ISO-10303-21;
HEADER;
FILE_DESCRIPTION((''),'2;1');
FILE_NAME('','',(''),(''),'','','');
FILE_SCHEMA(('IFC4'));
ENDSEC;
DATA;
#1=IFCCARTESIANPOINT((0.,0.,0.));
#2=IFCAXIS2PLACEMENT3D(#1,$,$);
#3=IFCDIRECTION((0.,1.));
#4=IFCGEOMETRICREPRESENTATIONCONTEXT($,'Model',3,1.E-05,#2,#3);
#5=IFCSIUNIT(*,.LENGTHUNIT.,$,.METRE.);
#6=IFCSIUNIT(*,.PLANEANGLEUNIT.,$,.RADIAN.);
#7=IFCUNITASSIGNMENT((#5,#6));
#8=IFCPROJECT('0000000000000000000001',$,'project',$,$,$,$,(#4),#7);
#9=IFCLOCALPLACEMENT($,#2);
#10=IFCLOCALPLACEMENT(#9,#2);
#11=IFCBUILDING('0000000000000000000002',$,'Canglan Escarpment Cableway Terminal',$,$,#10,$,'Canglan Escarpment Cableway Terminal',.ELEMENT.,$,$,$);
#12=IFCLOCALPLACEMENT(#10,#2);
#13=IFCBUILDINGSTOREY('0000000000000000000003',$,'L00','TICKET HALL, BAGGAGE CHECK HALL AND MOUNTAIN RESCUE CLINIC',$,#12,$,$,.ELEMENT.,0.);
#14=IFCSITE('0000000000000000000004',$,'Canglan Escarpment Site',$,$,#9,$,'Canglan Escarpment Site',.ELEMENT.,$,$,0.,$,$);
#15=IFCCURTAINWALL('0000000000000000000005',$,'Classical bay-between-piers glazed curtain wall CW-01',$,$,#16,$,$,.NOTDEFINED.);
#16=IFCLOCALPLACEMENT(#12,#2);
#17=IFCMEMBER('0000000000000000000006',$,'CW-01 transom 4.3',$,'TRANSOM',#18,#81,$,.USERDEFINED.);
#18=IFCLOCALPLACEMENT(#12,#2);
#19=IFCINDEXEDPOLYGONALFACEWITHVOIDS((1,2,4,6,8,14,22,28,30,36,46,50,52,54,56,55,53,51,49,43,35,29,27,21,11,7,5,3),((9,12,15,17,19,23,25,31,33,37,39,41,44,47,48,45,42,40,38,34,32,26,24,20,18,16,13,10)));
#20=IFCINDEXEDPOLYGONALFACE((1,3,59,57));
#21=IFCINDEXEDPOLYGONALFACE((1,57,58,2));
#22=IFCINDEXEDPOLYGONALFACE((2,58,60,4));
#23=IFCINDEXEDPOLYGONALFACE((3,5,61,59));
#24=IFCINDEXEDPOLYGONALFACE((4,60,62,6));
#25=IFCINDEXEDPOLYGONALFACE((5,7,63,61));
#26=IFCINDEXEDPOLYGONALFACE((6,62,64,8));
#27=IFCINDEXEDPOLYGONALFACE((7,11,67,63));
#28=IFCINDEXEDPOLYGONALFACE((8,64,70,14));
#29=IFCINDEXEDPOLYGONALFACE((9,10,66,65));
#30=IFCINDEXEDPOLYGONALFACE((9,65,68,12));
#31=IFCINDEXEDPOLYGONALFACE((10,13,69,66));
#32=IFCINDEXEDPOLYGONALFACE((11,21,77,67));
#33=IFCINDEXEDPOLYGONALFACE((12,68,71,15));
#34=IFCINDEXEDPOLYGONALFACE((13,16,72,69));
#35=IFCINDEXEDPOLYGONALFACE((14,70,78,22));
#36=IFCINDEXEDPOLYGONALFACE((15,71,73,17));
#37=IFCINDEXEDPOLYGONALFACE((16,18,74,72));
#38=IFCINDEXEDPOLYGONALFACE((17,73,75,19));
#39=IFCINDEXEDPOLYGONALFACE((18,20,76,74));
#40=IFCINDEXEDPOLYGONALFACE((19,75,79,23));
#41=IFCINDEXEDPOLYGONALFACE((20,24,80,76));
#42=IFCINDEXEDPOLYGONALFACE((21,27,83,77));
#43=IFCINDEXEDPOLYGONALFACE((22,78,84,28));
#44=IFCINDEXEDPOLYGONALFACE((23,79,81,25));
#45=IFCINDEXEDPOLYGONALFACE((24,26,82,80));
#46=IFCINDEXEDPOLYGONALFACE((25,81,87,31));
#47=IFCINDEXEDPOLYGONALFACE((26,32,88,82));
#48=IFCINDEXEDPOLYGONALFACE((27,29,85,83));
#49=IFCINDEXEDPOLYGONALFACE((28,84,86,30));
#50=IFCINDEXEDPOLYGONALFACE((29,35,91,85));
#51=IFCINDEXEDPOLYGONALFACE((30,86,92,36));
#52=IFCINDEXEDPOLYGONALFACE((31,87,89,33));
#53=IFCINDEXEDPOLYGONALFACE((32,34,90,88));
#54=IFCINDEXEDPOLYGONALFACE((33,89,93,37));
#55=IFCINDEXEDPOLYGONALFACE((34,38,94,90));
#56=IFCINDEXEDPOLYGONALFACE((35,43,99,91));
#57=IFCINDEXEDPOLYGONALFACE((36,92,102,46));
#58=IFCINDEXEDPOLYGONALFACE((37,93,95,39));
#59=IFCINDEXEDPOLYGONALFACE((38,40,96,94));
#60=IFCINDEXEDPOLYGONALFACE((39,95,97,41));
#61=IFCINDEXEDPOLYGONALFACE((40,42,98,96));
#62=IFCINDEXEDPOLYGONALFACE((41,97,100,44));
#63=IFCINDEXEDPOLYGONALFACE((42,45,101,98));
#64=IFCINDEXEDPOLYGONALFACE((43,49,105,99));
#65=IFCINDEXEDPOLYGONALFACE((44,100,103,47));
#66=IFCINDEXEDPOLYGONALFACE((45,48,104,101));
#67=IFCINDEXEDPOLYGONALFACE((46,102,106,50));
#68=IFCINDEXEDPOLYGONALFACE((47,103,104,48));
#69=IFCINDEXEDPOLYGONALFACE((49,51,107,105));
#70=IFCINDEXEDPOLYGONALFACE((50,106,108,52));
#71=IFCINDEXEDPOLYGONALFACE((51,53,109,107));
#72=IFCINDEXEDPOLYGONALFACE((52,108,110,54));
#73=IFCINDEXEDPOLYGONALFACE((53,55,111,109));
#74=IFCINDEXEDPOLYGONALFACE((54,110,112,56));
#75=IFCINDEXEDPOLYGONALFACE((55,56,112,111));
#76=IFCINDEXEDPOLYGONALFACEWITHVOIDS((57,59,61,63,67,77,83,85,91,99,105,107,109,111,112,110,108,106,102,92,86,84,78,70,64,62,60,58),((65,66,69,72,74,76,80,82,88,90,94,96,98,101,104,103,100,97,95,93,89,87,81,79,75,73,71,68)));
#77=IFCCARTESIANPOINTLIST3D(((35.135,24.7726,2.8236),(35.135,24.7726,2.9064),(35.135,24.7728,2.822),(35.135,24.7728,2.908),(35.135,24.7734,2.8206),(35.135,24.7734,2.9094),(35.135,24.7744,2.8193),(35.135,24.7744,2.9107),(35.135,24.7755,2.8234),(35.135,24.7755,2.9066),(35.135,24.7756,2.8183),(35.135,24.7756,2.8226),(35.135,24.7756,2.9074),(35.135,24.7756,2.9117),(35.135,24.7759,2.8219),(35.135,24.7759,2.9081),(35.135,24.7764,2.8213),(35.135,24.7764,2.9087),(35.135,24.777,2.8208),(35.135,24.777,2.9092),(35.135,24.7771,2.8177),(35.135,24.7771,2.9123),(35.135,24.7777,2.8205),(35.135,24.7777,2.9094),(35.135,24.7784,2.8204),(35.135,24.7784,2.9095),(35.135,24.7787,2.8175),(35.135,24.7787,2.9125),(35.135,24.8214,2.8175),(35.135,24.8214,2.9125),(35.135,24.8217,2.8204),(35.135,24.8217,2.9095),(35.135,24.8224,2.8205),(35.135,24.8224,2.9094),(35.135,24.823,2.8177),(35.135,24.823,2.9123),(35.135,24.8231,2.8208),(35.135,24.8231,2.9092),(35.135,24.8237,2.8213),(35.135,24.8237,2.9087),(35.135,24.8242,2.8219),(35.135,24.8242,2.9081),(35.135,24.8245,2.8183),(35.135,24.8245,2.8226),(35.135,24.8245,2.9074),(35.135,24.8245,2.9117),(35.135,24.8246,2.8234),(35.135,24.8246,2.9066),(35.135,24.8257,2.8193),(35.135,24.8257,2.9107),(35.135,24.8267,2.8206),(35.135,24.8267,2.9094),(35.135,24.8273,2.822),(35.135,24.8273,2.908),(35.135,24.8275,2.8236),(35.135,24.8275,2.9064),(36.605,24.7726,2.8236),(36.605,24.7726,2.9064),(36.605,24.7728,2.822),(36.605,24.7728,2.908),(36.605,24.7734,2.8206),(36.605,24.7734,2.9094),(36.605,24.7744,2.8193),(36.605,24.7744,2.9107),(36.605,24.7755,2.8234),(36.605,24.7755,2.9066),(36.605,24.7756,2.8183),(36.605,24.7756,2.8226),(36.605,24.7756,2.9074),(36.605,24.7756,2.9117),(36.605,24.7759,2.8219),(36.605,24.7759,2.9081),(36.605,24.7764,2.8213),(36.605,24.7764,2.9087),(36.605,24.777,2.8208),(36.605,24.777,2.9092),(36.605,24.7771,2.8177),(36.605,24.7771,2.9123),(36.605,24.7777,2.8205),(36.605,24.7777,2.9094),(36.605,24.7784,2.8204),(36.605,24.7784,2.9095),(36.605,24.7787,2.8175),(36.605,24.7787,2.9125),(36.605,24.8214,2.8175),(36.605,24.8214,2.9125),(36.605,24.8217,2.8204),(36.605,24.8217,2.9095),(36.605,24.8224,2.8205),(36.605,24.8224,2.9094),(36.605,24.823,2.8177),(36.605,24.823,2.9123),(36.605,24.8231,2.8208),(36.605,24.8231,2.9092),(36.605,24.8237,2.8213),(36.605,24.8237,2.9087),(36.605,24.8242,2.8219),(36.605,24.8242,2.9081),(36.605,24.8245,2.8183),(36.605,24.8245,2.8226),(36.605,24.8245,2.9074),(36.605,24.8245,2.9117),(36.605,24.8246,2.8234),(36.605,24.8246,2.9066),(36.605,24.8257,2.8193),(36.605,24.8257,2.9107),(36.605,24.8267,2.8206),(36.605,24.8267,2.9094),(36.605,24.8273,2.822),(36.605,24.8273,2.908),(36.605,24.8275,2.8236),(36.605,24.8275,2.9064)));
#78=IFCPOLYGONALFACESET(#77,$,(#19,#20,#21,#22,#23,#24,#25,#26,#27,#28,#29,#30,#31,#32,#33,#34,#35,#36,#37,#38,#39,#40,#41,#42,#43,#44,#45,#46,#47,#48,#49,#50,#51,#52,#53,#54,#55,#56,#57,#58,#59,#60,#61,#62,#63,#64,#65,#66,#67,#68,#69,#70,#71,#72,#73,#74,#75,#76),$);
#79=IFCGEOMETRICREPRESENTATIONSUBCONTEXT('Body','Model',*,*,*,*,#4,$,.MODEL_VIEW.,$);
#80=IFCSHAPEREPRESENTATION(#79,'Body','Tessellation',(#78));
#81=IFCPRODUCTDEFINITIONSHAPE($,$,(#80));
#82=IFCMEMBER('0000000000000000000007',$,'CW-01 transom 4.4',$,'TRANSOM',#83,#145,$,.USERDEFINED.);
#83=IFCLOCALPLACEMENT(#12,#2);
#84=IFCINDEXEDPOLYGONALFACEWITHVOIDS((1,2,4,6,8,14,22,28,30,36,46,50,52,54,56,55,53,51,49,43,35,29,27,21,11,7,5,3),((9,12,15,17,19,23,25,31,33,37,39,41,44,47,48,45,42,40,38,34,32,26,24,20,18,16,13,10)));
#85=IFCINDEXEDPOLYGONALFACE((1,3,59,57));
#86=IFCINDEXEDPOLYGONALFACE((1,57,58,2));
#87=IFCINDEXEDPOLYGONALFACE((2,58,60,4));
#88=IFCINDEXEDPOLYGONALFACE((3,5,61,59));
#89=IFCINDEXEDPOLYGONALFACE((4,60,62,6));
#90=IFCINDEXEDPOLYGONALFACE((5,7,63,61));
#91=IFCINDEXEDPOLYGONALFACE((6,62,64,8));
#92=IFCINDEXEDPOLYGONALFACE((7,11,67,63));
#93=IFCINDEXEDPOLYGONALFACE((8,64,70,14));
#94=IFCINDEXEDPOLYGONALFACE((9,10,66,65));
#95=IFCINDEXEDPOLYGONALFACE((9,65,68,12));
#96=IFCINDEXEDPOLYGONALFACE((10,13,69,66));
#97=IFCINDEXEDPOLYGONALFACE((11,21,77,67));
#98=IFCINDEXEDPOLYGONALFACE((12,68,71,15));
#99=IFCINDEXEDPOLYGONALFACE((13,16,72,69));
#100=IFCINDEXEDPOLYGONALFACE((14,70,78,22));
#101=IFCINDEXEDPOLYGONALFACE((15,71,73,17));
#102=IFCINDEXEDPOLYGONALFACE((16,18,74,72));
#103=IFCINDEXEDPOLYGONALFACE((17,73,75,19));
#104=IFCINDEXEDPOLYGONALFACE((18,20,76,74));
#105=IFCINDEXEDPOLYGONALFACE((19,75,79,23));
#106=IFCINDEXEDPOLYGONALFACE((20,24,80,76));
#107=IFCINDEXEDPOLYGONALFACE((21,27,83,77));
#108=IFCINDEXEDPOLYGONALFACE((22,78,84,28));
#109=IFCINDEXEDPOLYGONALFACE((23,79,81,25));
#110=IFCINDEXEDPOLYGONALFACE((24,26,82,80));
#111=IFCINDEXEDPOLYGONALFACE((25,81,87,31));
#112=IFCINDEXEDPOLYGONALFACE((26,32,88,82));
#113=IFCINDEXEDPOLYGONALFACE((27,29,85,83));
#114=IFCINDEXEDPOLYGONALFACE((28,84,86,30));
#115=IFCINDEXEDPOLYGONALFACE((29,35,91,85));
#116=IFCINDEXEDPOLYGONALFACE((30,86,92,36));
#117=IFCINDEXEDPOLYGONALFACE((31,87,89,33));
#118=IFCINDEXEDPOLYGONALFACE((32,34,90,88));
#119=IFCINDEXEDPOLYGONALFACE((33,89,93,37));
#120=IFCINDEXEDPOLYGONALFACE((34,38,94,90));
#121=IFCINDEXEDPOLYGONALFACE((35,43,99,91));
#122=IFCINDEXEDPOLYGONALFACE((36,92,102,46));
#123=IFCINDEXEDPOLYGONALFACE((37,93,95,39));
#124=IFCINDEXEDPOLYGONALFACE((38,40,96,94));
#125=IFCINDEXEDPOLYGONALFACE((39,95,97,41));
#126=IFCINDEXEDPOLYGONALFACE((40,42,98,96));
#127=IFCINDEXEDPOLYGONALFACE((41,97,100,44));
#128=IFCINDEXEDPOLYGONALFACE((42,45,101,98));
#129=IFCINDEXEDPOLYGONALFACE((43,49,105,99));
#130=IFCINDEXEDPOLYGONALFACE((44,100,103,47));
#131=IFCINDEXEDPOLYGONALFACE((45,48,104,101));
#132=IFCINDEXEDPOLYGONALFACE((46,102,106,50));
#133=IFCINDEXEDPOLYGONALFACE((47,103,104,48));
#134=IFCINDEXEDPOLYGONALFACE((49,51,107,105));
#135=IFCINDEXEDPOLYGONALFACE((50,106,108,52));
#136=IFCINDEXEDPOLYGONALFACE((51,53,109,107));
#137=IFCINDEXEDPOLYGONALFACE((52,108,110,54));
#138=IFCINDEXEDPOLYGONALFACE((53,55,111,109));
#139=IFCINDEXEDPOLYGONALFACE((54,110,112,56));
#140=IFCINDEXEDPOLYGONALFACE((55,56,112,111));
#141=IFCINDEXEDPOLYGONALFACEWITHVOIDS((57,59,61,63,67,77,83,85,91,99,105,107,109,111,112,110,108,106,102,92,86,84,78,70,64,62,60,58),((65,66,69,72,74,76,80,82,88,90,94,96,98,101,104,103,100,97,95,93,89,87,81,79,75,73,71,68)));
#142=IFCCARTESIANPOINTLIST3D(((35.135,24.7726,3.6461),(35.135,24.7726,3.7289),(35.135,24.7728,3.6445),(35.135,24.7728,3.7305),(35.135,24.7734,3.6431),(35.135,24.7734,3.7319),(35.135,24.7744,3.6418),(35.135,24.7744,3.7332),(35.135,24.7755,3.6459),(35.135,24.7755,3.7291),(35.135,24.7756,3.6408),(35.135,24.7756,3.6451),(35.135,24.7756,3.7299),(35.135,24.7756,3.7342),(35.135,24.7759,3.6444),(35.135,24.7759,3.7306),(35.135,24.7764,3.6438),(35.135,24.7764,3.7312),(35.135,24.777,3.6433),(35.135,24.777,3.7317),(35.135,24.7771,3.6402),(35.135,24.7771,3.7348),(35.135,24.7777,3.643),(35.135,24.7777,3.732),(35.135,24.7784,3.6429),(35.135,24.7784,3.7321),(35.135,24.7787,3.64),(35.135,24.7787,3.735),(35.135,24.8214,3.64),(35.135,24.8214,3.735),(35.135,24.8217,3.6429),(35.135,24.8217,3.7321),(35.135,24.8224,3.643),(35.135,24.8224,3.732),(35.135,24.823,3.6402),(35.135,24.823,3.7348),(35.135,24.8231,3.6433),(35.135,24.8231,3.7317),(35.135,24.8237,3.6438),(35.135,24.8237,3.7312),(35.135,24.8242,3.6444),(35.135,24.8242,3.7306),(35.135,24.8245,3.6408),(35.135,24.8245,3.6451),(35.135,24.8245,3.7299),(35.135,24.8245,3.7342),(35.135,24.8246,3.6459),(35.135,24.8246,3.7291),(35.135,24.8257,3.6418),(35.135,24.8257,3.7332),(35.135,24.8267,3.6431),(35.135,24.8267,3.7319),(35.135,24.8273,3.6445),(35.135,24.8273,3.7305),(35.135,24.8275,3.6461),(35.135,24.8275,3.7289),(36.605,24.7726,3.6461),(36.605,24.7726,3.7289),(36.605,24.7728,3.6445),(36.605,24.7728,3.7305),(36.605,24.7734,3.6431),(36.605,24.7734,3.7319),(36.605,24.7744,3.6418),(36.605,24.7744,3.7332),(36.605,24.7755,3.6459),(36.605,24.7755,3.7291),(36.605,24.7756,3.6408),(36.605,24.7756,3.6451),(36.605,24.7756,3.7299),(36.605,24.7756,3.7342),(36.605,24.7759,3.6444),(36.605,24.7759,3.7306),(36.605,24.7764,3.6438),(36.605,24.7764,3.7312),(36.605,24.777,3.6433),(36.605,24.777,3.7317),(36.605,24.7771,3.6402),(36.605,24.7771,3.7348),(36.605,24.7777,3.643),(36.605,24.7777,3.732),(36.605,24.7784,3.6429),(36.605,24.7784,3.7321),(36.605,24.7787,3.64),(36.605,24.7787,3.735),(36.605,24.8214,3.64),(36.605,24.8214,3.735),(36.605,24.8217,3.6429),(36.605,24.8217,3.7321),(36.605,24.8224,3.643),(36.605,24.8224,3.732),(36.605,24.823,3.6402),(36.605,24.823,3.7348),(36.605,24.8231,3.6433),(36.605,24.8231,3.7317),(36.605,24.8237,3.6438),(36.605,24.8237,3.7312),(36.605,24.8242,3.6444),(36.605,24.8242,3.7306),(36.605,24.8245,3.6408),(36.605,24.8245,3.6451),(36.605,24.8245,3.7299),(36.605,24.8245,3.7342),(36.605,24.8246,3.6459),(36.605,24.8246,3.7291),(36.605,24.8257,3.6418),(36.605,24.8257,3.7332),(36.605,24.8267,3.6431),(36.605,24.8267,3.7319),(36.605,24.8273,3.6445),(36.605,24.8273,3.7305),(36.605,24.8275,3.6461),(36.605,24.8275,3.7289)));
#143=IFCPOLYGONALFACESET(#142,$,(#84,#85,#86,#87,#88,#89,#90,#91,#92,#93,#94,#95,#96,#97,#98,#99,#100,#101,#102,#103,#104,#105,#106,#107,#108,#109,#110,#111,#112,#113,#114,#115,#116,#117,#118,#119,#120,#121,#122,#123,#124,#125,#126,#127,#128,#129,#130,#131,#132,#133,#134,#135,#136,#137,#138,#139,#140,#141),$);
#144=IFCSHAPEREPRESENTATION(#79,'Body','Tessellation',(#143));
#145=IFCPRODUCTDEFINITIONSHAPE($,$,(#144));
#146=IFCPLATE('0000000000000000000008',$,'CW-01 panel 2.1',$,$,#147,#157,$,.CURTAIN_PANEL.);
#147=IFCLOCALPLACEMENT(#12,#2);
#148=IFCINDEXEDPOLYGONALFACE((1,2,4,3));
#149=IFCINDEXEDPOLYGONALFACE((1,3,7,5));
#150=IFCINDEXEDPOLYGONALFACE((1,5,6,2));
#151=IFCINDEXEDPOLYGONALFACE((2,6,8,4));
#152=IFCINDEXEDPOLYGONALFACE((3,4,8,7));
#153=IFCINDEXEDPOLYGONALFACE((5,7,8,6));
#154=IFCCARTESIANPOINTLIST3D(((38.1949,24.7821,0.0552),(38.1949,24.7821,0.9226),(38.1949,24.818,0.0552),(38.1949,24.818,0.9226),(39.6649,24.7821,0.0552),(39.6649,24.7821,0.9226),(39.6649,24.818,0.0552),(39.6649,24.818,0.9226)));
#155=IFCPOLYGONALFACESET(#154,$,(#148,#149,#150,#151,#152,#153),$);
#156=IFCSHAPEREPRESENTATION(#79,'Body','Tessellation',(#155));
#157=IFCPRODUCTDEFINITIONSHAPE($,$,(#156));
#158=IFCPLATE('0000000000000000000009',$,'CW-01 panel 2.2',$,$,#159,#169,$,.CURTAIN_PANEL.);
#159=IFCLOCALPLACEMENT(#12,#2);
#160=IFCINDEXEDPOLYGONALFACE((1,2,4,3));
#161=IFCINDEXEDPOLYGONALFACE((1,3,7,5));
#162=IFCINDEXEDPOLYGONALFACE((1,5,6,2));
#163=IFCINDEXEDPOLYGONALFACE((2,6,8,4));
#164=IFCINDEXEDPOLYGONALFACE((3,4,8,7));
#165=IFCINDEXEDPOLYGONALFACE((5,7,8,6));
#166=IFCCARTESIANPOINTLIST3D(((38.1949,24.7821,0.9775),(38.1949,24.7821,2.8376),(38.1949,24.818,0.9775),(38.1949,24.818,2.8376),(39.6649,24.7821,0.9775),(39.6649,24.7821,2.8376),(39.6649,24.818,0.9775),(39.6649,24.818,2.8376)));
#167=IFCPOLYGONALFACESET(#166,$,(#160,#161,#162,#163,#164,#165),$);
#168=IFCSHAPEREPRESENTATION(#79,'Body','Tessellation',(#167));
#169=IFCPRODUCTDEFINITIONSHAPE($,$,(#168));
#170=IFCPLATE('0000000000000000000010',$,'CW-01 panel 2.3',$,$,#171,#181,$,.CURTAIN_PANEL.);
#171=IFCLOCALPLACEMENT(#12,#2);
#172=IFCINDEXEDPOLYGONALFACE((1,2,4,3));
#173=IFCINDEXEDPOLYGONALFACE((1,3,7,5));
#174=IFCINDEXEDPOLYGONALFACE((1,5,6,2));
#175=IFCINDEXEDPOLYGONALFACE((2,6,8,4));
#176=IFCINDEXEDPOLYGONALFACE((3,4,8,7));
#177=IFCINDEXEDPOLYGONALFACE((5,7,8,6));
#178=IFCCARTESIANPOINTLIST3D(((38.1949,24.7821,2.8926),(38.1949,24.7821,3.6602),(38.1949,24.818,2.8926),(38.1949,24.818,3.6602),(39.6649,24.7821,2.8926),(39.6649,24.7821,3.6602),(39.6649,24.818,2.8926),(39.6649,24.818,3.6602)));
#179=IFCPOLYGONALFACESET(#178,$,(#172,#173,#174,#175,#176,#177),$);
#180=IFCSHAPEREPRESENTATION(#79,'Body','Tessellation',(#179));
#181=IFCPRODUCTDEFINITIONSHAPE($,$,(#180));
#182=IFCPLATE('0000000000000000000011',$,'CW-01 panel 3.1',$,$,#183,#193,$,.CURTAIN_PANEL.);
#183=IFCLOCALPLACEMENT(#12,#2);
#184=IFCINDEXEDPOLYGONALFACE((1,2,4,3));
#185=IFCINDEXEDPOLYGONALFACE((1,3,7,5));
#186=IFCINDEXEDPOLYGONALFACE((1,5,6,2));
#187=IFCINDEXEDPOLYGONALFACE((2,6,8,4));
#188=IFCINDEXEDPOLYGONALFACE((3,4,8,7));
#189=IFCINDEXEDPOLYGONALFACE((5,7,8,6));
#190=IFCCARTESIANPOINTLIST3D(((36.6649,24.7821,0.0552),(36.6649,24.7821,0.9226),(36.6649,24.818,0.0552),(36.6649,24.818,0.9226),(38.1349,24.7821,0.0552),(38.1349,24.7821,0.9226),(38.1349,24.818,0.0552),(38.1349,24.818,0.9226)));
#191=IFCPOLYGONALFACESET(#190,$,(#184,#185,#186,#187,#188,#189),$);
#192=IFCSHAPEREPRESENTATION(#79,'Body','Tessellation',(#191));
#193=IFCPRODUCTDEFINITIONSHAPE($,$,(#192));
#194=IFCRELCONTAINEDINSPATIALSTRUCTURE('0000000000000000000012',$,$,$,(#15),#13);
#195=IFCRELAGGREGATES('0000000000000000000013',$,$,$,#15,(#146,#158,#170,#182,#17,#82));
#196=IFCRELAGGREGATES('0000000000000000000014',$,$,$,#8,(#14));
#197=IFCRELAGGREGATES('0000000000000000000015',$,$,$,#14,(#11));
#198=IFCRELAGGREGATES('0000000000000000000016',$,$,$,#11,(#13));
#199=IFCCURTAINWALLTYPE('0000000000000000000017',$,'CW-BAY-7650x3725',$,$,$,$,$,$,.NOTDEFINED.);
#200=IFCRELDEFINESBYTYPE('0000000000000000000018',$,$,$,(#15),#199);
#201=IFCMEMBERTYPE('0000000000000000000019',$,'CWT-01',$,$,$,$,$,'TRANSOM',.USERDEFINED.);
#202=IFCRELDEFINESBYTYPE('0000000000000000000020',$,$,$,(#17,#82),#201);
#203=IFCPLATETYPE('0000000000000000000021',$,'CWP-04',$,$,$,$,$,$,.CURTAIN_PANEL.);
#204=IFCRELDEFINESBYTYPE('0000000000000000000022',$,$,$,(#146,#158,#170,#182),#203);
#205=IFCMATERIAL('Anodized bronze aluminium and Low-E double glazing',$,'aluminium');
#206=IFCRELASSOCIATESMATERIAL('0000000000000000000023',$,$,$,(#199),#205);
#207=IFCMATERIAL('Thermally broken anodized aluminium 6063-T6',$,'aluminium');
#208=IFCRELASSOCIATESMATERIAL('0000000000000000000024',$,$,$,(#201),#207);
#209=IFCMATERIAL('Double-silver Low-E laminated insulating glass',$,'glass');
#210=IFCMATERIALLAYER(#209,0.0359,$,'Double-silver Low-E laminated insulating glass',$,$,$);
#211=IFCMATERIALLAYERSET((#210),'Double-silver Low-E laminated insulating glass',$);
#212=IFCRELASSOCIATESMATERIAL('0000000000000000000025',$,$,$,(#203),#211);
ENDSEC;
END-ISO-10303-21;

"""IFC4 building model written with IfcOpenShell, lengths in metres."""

from ifc_helpers import new_model, si_unit, direction, frame, origin, origin_2d, place, context, subcontext, project, spatial, rectangle, hollow_rectangle, extrude, material, layer, layer_set, material_profile, profile_set, type_object, element, aggregate, save


model = new_model("IFC4")

# Units and contexts
model_context = context("Model", 3, precision=1e-05, world=origin(), true_north=direction((0.0, 1.0)))
body_context = subcontext(model_context, "Body", "Model", "MODEL_VIEW")
ifc_project = project(units=[si_unit("LENGTHUNIT", "METRE"), si_unit("PLANEANGLEUNIT", "RADIAN")], contexts=[model_context])

# Site, building, storey
site_placement = place(None, origin())
site = spatial("IfcSite", under=ifc_project, at=site_placement, Name="Canglan Escarpment Site", LongName="Canglan Escarpment Site", CompositionType="ELEMENT", RefElevation=0.0)
building_placement = place(site_placement, origin())
building = spatial("IfcBuilding", under=site, at=building_placement, Name="Canglan Escarpment Cableway Terminal", LongName="Canglan Escarpment Cableway Terminal", CompositionType="ELEMENT")
storey_placement = place(building_placement, origin())
storey = spatial("IfcBuildingStorey", under=building, at=storey_placement, Name="L00", Description="TICKET HALL, BAGGAGE CHECK HALL AND MOUNTAIN RESCUE CLINIC", CompositionType="ELEMENT", Elevation=0.0)

# Curtain wall, members, plates
ifc_material_1 = material(Name="Anodized bronze aluminium and Low-E double glazing", Category="aluminium")
curtain_wall_type = type_object("IfcCurtainWallType", Name="CW-BAY-7650x3725", PredefinedType="NOTDEFINED", material=ifc_material_1)
curtain_wall_placement = place(storey_placement, origin())
curtain_wall = element("IfcCurtainWall", 1, at=curtain_wall_placement, inside=storey, type_object=curtain_wall_type, Name="Classical bay-between-piers glazed curtain wall CW-01", PredefinedType="NOTDEFINED")
ifc_material_2 = material(Name="Thermally broken anodized aluminium 6063-T6", Category="aluminium")
ifc_material_profile_1 = material_profile(ifc_material_2, hollow_rectangle(XDim=0.0549, YDim=0.095, WallThickness=0.0029, InnerFilletRadius=0.0029, OuterFilletRadius=0.0061, at=origin_2d()), Name="ALU-TRAN 55x95x3")
ifc_profile_set_1 = profile_set([ifc_material_profile_1], Name="Thermally broken anodized aluminium 6063-T6")
member_type_1 = type_object("IfcMemberType", Name="CWT-01", ElementType="TRANSOM", PredefinedType="USERDEFINED", material=ifc_profile_set_1)
member_1_placement = place(storey_placement, frame((36.605, 24.8, 2.865), z_axis=(-1.0, 0.0, 0.0), x_axis=(0.0, -1.0, 0.0)))
member_1 = element("IfcMember", 2, at=member_1_placement, type_object=member_type_1, Name="CW-01 transom 4.3", ObjectType="TRANSOM", PredefinedType="USERDEFINED", context=body_context, shape_type="SweptSolid", body=[
    extrude(hollow_rectangle(XDim=0.0549, YDim=0.095, WallThickness=0.0029, InnerFilletRadius=0.0029, OuterFilletRadius=0.0061, at=origin_2d()), origin(), (0.0, 0.0, 1.0), 1.47),
])
member_2_placement = place(storey_placement, frame((36.605, 24.8, 3.6875), z_axis=(-1.0, 0.0, 0.0), x_axis=(0.0, -1.0, 0.0)))
member_2 = element("IfcMember", 3, at=member_2_placement, type_object=member_type_1, Name="CW-01 transom 4.4", ObjectType="TRANSOM", PredefinedType="USERDEFINED", context=body_context, shape_type="SweptSolid", body=[
    extrude(hollow_rectangle(XDim=0.0549, YDim=0.095, WallThickness=0.0029, InnerFilletRadius=0.0029, OuterFilletRadius=0.0061, at=origin_2d()), origin(), (0.0, 0.0, 1.0), 1.47),
])
ifc_material_3 = material(Name="Double-silver Low-E laminated insulating glass", Category="glass")
ifc_layer = layer(ifc_material_3, 0.0359, Name="Double-silver Low-E laminated insulating glass")
ifc_layer_set = layer_set([ifc_layer], Name="Double-silver Low-E laminated insulating glass")
plate_type = type_object("IfcPlateType", Name="CWP-04", PredefinedType="CURTAIN_PANEL", material=ifc_layer_set)
plate_1_placement = place(storey_placement, frame((38.9299, 24.8, 0.0552), z_axis=(0.0, 0.0, 1.0), x_axis=(-1.0, 0.0, 0.0)))
plate_1 = element("IfcPlate", 4, at=plate_1_placement, type_object=plate_type, Name="CW-01 panel 2.1", PredefinedType="CURTAIN_PANEL", context=body_context, shape_type="SweptSolid", body=[
    extrude(rectangle(XDim=1.47, YDim=0.0359, at=origin_2d()), origin(), (0.0, 0.0, 1.0), 0.8674),
])
plate_2_placement = place(storey_placement, frame((38.9299, 24.8, 0.9775), z_axis=(0.0, 0.0, 1.0), x_axis=(-1.0, 0.0, 0.0)))
plate_2 = element("IfcPlate", 5, at=plate_2_placement, type_object=plate_type, Name="CW-01 panel 2.2", PredefinedType="CURTAIN_PANEL", context=body_context, shape_type="SweptSolid", body=[
    extrude(rectangle(XDim=1.47, YDim=0.0359, at=origin_2d()), origin(), (0.0, 0.0, 1.0), 1.8601),
])
plate_3_placement = place(storey_placement, frame((38.9299, 24.8, 2.8926), z_axis=(0.0, 0.0, 1.0), x_axis=(-1.0, 0.0, 0.0)))
plate_3 = element("IfcPlate", 6, at=plate_3_placement, type_object=plate_type, Name="CW-01 panel 2.3", PredefinedType="CURTAIN_PANEL", context=body_context, shape_type="SweptSolid", body=[
    extrude(rectangle(XDim=1.47, YDim=0.0359, at=origin_2d()), origin(), (0.0, 0.0, 1.0), 0.7676),
])
plate_4_placement = place(storey_placement, frame((37.3999, 24.8, 0.0552), z_axis=(0.0, 0.0, 1.0), x_axis=(-1.0, 0.0, 0.0)))
plate_4 = element("IfcPlate", 7, at=plate_4_placement, type_object=plate_type, Name="CW-01 panel 3.1", PredefinedType="CURTAIN_PANEL", context=body_context, shape_type="SweptSolid", body=[
    extrude(rectangle(XDim=1.47, YDim=0.0359, at=origin_2d()), origin(), (0.0, 0.0, 1.0), 0.8674),
])
aggregate(curtain_wall, [plate_1, plate_2, plate_3, plate_4, member_1, member_2])

save(model, "model.ifc")
